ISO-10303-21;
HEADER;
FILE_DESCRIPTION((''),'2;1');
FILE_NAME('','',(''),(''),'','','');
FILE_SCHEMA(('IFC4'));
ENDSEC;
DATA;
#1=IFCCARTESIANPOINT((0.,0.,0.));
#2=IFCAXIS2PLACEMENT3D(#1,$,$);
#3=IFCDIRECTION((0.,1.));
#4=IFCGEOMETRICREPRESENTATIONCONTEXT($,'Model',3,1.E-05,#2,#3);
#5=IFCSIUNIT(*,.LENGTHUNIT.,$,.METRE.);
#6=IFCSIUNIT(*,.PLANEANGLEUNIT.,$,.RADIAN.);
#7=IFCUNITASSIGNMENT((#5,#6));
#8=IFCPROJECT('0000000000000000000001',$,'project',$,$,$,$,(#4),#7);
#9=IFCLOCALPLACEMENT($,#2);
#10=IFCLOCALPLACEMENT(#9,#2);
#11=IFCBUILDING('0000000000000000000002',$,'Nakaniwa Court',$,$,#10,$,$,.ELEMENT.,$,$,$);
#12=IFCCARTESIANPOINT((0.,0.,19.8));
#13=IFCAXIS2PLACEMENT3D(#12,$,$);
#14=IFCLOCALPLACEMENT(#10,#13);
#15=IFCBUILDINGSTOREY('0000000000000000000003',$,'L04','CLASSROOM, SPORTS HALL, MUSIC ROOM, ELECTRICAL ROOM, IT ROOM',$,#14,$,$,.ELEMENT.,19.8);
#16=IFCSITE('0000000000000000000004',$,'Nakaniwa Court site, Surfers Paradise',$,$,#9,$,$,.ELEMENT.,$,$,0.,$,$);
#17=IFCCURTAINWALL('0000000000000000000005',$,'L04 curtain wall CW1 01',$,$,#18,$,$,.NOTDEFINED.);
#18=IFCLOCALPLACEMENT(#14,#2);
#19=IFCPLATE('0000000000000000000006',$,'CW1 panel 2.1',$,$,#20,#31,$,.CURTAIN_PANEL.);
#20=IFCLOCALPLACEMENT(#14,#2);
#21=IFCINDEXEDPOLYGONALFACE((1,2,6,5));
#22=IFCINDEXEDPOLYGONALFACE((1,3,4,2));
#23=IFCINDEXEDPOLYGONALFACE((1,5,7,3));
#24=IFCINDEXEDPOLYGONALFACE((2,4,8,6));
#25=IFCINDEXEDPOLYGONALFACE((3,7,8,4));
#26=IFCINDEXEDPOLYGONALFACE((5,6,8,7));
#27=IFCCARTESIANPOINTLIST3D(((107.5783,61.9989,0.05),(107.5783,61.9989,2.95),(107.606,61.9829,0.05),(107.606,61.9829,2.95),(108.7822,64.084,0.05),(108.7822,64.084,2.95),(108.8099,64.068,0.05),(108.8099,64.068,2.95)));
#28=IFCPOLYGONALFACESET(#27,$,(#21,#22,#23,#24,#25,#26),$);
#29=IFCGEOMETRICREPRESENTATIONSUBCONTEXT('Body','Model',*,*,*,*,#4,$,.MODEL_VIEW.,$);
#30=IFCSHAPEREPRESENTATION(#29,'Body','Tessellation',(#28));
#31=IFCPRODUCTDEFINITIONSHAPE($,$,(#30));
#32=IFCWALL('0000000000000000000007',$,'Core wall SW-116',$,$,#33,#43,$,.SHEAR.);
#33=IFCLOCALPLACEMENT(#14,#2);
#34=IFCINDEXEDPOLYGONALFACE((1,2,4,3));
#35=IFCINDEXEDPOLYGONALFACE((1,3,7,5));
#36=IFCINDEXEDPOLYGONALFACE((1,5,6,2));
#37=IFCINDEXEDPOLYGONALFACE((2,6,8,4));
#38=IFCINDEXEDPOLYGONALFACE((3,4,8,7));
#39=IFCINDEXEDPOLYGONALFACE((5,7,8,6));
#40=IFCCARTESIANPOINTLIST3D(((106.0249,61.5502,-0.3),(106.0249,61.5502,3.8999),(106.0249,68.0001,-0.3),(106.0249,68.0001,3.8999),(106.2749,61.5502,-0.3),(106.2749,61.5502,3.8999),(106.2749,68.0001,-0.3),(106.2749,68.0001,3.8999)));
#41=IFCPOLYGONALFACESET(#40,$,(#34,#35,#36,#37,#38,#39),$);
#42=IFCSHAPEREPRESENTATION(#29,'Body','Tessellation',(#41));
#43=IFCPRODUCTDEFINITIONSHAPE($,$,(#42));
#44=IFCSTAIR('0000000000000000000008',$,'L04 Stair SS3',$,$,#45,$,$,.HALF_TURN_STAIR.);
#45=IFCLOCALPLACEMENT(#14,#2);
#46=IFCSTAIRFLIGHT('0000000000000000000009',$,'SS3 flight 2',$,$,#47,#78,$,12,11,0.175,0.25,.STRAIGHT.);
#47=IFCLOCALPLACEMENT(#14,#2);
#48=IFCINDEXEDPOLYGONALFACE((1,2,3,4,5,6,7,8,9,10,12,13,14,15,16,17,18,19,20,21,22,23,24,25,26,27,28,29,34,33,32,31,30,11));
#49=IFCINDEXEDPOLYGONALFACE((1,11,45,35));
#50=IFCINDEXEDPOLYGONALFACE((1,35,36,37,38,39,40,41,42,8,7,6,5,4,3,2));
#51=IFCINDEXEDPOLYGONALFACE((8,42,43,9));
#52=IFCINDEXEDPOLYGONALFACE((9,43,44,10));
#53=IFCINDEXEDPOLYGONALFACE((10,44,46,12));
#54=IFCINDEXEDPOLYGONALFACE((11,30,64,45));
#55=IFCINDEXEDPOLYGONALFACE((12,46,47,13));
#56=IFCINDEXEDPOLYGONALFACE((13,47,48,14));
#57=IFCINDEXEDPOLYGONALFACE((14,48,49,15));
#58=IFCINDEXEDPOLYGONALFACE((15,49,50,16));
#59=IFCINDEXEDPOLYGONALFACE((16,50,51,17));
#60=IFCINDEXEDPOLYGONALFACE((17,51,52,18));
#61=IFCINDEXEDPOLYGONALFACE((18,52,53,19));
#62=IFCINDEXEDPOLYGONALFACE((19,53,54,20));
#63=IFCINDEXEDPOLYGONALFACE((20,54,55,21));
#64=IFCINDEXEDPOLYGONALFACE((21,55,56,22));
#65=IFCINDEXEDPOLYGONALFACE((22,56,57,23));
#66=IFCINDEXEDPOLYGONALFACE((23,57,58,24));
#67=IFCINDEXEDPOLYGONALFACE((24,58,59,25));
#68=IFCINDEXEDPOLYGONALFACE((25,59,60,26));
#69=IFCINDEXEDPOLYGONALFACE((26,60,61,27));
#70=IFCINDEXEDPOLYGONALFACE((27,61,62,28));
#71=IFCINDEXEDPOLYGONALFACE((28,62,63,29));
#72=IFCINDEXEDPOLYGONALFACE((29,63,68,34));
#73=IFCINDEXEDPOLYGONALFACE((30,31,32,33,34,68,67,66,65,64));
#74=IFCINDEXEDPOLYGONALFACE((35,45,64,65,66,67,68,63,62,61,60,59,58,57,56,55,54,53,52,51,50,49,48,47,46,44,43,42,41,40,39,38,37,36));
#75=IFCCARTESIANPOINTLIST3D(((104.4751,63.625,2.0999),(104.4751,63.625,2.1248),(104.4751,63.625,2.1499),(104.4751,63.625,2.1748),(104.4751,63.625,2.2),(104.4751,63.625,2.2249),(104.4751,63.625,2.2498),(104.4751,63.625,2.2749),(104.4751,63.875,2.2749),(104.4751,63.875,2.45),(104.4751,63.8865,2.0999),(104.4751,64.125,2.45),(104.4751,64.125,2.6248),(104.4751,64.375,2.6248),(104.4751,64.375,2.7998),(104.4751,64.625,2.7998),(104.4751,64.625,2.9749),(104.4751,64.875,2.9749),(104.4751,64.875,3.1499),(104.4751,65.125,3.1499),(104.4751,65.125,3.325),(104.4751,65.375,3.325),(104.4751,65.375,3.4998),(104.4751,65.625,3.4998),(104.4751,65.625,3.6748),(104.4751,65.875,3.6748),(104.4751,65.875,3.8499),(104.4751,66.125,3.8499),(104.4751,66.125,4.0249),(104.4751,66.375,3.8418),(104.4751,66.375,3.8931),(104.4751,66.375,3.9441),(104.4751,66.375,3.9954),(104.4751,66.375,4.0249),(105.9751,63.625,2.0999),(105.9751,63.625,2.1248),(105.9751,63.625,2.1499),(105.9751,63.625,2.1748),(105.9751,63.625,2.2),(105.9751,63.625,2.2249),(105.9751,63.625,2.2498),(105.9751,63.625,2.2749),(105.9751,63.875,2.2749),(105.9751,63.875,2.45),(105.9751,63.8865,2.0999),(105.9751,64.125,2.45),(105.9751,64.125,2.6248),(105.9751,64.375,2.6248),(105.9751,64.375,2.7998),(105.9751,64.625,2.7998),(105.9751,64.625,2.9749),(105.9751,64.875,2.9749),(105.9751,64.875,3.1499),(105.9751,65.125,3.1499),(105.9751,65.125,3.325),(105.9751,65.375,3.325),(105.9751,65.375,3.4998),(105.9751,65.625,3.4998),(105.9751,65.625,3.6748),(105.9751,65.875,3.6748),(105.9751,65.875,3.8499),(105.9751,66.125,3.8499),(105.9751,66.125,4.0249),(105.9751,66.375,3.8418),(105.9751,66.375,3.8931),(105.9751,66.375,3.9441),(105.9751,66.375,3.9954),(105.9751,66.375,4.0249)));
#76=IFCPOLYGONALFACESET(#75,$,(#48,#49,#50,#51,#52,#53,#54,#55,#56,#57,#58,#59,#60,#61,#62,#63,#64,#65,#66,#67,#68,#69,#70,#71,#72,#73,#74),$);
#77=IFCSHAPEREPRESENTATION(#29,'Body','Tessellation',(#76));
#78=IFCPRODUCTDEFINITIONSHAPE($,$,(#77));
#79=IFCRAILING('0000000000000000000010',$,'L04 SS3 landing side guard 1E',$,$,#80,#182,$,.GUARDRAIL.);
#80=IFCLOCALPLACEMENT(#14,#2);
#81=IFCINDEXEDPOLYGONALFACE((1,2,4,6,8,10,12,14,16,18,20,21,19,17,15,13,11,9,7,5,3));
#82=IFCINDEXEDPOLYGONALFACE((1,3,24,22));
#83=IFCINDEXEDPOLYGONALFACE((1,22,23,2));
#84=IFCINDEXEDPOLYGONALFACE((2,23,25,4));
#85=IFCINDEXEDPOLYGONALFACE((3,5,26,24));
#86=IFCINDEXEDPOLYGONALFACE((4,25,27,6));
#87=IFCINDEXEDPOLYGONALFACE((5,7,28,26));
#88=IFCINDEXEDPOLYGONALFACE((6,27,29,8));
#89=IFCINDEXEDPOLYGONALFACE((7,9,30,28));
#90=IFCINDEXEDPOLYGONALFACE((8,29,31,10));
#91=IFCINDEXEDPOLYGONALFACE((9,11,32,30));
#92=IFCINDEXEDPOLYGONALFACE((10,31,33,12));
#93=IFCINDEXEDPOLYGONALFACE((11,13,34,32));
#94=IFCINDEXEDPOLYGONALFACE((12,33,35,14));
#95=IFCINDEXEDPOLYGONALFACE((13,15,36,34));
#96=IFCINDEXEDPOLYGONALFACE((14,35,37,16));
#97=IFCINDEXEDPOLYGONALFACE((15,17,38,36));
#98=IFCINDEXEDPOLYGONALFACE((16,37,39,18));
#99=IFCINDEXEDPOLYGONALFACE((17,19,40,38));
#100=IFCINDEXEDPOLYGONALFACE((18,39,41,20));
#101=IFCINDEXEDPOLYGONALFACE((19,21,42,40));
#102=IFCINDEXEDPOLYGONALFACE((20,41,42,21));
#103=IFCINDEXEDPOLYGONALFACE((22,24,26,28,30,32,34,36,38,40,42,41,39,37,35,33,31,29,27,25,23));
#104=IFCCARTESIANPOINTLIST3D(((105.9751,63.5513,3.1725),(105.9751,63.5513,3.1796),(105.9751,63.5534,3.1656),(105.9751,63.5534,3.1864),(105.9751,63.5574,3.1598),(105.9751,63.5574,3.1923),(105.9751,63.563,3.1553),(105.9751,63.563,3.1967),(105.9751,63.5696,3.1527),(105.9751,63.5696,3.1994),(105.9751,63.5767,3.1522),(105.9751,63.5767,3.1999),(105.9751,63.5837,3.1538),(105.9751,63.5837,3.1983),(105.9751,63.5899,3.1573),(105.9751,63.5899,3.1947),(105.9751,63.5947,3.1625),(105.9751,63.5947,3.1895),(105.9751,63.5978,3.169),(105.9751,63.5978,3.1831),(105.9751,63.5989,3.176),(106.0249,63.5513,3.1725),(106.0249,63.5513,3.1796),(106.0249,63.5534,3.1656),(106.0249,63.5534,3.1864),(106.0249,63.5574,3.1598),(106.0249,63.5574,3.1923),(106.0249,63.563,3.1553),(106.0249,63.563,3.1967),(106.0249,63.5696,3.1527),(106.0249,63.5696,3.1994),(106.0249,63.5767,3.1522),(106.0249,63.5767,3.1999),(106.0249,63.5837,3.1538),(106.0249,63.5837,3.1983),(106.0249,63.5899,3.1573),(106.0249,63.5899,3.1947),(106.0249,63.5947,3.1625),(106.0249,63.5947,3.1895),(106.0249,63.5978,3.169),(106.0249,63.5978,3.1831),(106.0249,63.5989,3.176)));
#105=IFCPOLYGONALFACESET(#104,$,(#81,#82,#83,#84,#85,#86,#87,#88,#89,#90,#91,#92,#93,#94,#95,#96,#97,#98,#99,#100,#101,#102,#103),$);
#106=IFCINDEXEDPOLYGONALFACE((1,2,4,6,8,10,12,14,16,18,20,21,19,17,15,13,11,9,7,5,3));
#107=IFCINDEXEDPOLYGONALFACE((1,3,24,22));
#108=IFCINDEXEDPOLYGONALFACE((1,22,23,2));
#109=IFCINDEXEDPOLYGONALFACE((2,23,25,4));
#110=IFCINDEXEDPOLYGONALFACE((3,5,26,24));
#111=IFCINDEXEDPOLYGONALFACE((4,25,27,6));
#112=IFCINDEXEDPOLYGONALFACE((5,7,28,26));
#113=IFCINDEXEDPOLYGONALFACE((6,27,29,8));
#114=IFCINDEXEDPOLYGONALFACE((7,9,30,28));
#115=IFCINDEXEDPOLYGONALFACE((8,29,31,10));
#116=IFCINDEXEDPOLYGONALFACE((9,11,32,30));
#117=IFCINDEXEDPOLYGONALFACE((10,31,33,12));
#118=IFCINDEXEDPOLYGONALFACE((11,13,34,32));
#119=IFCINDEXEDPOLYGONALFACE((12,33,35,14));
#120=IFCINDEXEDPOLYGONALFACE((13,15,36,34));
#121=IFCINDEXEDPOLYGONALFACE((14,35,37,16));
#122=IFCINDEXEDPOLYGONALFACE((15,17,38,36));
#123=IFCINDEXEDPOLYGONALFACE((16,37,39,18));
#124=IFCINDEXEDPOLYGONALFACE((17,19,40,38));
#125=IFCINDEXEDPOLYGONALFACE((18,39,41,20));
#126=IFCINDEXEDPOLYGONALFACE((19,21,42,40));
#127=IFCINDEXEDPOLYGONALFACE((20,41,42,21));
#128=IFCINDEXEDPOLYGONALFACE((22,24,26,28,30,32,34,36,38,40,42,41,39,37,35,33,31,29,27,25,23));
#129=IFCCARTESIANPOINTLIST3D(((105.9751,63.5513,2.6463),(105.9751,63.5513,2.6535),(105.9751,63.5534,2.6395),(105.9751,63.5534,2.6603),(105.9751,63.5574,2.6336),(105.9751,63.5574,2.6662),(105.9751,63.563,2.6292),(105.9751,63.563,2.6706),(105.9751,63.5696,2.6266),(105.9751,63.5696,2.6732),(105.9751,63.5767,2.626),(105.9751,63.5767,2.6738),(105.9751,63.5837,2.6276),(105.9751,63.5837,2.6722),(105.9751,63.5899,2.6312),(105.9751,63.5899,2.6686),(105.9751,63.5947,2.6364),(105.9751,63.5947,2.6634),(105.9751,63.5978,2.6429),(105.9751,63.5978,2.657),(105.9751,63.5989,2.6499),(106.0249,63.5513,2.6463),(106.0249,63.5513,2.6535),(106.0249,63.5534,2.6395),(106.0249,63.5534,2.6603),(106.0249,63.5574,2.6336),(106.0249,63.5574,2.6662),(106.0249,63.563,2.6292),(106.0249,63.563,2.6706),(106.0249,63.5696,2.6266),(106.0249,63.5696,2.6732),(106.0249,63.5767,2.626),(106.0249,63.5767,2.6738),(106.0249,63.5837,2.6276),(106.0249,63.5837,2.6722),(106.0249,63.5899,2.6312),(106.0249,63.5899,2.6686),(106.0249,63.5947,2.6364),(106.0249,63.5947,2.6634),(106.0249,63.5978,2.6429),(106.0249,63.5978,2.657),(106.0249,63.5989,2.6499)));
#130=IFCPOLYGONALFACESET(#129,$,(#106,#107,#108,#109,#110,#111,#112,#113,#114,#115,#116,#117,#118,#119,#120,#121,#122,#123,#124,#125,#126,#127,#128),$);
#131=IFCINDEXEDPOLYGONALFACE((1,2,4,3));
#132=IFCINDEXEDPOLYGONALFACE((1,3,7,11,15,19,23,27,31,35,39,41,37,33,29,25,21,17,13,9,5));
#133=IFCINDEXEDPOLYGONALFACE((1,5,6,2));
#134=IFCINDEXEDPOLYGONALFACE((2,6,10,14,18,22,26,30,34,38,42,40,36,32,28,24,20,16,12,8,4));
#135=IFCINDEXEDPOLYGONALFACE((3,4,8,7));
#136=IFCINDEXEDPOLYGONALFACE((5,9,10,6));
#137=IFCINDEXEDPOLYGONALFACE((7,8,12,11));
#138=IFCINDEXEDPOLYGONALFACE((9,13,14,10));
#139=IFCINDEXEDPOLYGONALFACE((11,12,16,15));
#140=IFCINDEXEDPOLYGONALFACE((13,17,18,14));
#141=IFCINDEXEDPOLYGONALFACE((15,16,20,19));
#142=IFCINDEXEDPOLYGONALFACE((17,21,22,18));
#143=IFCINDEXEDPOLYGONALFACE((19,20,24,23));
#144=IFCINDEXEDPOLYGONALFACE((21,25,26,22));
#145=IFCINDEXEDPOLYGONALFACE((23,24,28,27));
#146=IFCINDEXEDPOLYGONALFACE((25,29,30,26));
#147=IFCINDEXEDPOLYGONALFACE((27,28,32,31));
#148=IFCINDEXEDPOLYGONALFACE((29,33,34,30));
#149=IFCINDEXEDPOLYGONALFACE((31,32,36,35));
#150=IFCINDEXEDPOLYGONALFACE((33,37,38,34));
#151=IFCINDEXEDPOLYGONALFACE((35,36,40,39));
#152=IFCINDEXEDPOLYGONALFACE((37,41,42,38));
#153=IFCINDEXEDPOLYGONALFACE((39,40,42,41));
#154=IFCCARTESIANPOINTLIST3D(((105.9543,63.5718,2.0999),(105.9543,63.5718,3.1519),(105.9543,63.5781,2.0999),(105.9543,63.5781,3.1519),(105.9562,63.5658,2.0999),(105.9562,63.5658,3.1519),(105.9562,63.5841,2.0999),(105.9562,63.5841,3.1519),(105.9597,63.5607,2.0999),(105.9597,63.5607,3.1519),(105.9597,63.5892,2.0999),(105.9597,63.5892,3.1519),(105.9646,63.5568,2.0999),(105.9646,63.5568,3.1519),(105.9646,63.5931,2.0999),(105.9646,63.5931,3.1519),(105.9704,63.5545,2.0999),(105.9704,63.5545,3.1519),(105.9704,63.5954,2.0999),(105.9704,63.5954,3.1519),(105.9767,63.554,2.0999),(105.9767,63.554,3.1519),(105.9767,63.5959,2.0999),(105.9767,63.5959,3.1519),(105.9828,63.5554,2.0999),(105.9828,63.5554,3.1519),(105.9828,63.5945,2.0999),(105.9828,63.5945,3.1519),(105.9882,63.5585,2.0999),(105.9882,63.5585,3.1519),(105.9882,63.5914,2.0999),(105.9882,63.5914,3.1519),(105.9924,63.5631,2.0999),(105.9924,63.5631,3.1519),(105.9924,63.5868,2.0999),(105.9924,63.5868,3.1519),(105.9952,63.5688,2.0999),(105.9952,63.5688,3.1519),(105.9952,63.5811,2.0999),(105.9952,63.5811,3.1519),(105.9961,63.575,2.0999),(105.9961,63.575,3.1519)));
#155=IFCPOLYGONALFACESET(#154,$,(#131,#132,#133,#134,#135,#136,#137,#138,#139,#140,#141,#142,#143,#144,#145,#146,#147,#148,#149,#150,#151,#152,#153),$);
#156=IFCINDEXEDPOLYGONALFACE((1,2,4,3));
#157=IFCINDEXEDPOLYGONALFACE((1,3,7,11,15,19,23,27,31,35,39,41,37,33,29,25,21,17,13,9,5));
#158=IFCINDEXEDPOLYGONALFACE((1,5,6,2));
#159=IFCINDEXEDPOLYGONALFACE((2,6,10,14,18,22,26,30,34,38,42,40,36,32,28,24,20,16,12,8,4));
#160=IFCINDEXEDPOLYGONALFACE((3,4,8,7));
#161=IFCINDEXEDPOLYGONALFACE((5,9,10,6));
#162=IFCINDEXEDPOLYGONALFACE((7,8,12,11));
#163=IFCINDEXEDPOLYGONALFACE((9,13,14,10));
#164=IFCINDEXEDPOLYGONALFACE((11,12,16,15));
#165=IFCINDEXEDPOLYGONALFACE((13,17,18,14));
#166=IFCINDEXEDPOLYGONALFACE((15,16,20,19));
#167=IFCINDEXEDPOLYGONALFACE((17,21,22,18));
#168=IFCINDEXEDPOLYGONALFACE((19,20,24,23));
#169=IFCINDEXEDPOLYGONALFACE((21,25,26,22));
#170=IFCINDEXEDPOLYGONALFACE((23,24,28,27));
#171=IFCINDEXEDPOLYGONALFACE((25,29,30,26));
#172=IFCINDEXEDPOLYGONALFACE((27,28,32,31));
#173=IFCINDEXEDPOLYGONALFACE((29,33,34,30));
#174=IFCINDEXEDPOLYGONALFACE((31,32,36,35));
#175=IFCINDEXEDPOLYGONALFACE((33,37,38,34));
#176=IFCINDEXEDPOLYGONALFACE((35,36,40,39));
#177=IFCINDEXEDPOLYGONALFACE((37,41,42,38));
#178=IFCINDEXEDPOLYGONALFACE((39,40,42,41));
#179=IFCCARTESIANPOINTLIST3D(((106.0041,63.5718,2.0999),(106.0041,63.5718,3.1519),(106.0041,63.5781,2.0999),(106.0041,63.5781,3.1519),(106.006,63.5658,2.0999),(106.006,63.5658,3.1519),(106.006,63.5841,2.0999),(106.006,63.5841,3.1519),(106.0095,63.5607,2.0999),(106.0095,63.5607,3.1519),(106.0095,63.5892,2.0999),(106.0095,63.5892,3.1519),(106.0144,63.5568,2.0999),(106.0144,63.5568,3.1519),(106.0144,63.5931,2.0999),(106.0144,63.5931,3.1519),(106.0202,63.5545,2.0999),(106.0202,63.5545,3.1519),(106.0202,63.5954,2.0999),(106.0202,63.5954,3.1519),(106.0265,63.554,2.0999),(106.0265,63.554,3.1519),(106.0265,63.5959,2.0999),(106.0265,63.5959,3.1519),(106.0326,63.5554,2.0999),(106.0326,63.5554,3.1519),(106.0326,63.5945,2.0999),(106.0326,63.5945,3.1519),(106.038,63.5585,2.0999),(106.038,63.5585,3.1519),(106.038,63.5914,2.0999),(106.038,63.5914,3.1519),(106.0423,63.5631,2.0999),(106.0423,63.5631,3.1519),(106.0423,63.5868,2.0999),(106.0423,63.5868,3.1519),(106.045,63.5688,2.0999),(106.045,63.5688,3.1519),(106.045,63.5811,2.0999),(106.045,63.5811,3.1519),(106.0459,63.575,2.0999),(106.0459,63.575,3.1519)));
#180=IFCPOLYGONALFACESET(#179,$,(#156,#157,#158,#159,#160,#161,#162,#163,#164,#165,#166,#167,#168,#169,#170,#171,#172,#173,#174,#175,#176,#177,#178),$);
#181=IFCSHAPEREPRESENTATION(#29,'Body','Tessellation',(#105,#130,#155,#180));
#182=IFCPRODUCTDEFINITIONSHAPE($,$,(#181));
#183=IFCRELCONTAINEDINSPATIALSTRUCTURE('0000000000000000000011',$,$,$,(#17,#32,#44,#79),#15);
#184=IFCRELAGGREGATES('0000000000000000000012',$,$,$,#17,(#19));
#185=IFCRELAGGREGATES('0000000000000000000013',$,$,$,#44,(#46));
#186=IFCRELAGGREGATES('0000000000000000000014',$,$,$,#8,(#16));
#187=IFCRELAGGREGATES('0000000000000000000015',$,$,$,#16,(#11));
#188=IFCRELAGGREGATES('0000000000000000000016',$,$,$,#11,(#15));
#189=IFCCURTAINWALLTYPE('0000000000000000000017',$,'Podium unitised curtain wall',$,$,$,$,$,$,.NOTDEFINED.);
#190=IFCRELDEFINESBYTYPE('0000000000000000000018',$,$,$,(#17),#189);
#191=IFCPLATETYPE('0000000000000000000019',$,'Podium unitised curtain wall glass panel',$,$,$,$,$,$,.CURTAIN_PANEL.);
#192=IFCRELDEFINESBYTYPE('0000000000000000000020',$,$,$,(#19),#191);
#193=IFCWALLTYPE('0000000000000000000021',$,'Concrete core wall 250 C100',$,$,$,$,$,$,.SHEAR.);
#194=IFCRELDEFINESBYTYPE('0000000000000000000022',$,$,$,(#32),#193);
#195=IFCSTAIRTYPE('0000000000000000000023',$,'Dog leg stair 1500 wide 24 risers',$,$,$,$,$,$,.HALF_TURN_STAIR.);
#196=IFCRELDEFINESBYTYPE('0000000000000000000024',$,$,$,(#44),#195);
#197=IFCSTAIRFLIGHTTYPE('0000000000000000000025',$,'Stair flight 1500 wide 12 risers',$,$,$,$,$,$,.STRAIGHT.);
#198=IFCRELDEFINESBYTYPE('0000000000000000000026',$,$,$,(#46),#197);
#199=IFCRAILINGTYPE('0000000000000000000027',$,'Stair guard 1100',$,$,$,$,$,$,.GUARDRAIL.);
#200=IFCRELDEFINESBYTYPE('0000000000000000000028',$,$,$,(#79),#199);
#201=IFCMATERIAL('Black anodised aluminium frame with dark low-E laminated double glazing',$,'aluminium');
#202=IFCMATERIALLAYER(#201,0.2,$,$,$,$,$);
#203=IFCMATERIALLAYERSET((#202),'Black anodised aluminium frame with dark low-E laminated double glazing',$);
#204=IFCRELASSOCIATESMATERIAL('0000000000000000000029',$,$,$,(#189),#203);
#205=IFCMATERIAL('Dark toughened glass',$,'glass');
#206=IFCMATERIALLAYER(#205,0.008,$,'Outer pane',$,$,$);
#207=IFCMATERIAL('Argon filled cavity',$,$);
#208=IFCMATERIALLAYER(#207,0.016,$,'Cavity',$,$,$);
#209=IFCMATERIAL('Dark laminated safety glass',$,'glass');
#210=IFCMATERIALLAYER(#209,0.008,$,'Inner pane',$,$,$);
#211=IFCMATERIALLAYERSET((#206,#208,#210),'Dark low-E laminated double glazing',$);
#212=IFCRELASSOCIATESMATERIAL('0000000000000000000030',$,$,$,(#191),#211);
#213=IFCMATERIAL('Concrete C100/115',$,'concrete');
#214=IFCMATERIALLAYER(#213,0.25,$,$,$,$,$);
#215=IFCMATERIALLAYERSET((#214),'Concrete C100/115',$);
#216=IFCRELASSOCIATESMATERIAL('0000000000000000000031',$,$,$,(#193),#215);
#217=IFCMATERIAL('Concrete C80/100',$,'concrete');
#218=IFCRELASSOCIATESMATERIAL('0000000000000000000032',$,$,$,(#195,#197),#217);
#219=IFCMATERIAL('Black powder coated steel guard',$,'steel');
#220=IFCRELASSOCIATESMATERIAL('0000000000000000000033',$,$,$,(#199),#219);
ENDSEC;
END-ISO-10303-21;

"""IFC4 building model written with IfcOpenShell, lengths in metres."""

from ifc_helpers import new_model, si_unit, direction, frame, frame_2d, origin, origin_2d, place, context, subcontext, project, spatial, polyline, rectangle, circle, outline, extrude, material, layer, layer_set, type_object, element, aggregate, save


model = new_model("IFC4")

# Units and contexts
model_context = context("Model", 3, precision=1e-05, world=origin(), true_north=direction((0.0, 1.0)))
body_context = subcontext(model_context, "Body", "Model", "MODEL_VIEW")
ifc_project = project(units=[si_unit("LENGTHUNIT", "METRE"), si_unit("PLANEANGLEUNIT", "RADIAN")], contexts=[model_context])

# Site, building, storey
site_placement = place(None, origin())
site = spatial("IfcSite", under=ifc_project, at=site_placement, Name="Nakaniwa Court site, Surfers Paradise", CompositionType="ELEMENT", RefElevation=0.0)
building_placement = place(site_placement, origin())
building = spatial("IfcBuilding", under=site, at=building_placement, Name="Nakaniwa Court", CompositionType="ELEMENT")
storey_placement = place(building_placement, frame((0.0, 0.0, 19.8)))
storey = spatial("IfcBuildingStorey", under=building, at=storey_placement, Name="L04", Description="CLASSROOM, SPORTS HALL, MUSIC ROOM, ELECTRICAL ROOM, IT ROOM", CompositionType="ELEMENT", Elevation=19.8)

# Shared definitions
ifc_material_1 = material(Name="Concrete C100/115", Category="concrete")

# Curtain wall
ifc_material_2 = material(Name="Black anodised aluminium frame with dark low-E laminated double glazing", Category="aluminium")
ifc_layer_1 = layer(ifc_material_2, 0.2)
ifc_layer_set_1 = layer_set([ifc_layer_1], Name="Black anodised aluminium frame with dark low-E laminated double glazing")
curtain_wall_type = type_object("IfcCurtainWallType", Name="Podium unitised curtain wall", PredefinedType="NOTDEFINED", material=ifc_layer_set_1)
curtain_wall_1_placement = place(storey_placement, origin())
curtain_wall_1 = element("IfcCurtainWall", 1, at=curtain_wall_1_placement, inside=storey, type_object=curtain_wall_type, Name="L04 curtain wall CW1 01", PredefinedType="NOTDEFINED")

# Plate
ifc_material_3 = material(Name="Dark toughened glass", Category="glass")
ifc_layer_2 = layer(ifc_material_3, 0.008, Name="Outer pane")
ifc_material_4 = material(Name="Argon filled cavity")
ifc_layer_3 = layer(ifc_material_4, 0.016, Name="Cavity")
ifc_material_5 = material(Name="Dark laminated safety glass", Category="glass")
ifc_layer_4 = layer(ifc_material_5, 0.008, Name="Inner pane")
ifc_layer_set_2 = layer_set([ifc_layer_2, ifc_layer_3, ifc_layer_4], Name="Dark low-E laminated double glazing")
plate_type = type_object("IfcPlateType", Name="Podium unitised curtain wall glass panel", PredefinedType="CURTAIN_PANEL", material=ifc_layer_set_2)
plate_1_placement = place(storey_placement, frame((108.1941, 63.0334, 0.05), z_axis=(0.0, 0.0, 1.0), x_axis=(0.499988, 0.866032, 0.0)))
plate_1 = element("IfcPlate", 2, at=plate_1_placement, type_object=plate_type, Name="CW1 panel 2.1", PredefinedType="CURTAIN_PANEL", context=body_context, shape_type="SweptSolid", body=[
    extrude(rectangle(XDim=2.4077, YDim=0.032, at=origin_2d()), origin(), (0.0, 0.0, 1.0), 2.8999),
])
aggregate(curtain_wall_1, [plate_1])

# Wall
ifc_layer_5 = layer(ifc_material_1, 0.25)
ifc_layer_set_3 = layer_set([ifc_layer_5], Name="Concrete C100/115")
wall_type = type_object("IfcWallType", Name="Concrete core wall 250 C100", PredefinedType="SHEAR", material=ifc_layer_set_3)
wall_placement = place(storey_placement, frame((106.1499, 61.55, -0.3), z_axis=(0.0, 0.0, 1.0), x_axis=(0.0, 1.0, 0.0)))
element("IfcWall", 3, at=wall_placement, inside=storey, type_object=wall_type, Name="Core wall SW-116", PredefinedType="SHEAR", context=body_context, shape_type="SweptSolid", body=[
    extrude(rectangle(XDim=6.45, YDim=0.25, at=frame_2d((3.2251, 0.0))), origin(), (0.0, 0.0, 1.0), 4.2),
])

# Stair, stair flight
ifc_material_6 = material(Name="Concrete C80/100", Category="concrete")
stair_type = type_object("IfcStairType", Name="Dog leg stair 1500 wide 24 risers", PredefinedType="HALF_TURN_STAIR", material=ifc_material_6)
stair_placement = place(storey_placement, origin())
stair = element("IfcStair", 4, at=stair_placement, inside=storey, type_object=stair_type, Name="L04 Stair SS3", PredefinedType="HALF_TURN_STAIR")
stair_flight_type = type_object("IfcStairFlightType", Name="Stair flight 1500 wide 12 risers", PredefinedType="STRAIGHT", material=ifc_material_6)
stair_flight_placement = place(storey_placement, frame((105.2251, 63.625, 2.0999), z_axis=(0.0, 0.0, 1.0), x_axis=(0.0, 1.0, 0.0)))
stair_flight = element("IfcStairFlight", 5, at=stair_flight_placement, type_object=stair_flight_type, Name="SS3 flight 2", NumberOfRisers=12, NumberOfTreads=11, PredefinedType="STRAIGHT", RiserHeight=0.175, TreadLength=0.25, context=body_context, shape_type="SweptSolid", body=[
    extrude(outline(polyline([(0.0, 0.0), (0.0, 0.0249), (0.0, 0.05), (0.0, 0.075), (0.0, 0.1001), (0.0, 0.125), (0.0, 0.1499), (0.0, 0.175), (0.25, 0.175), (0.25, 0.3501), (0.5, 0.3501), (0.5, 0.5249), (0.75, 0.5249), (0.75, 0.7), (1.0, 0.7), (1.0, 0.875), (1.25, 0.875), (1.25, 1.05), (1.5, 1.05), (1.5, 1.2251), (1.75, 1.2251), (1.75, 1.3999), (2.0, 1.3999), (2.0, 1.575), (2.25, 1.575), (2.25, 1.75), (2.5, 1.75), (2.5, 1.925), (2.75, 1.925), (2.75, 2.1001), (2.75, 2.0488), (2.75, 1.9978), (2.75, 1.9465), (2.75, 1.8955), (2.75, 1.8442), (2.75, 1.7932), (2.75, 1.7419), (0.2615, 0.0), (0.0, 0.0)])), frame((0.0, 0.75, 0.0), z_axis=(0.0, -1.0, 0.0), x_axis=(1.0, 0.0, 0.0)), (0.0, 0.0, 1.0), 1.5),
])
aggregate(stair, [stair_flight])

# Railing
ifc_material_7 = material(Name="Black powder coated steel guard", Category="steel")
railing_type = type_object("IfcRailingType", Name="Stair guard 1100", PredefinedType="GUARDRAIL", material=ifc_material_7)
railing_1_placement = place(storey_placement, frame((105.9751, 63.575, 2.0999)))
element("IfcRailing", 6, at=railing_1_placement, inside=storey, type_object=railing_type, Name="L04 SS3 landing side guard 1E", PredefinedType="GUARDRAIL", context=body_context, shape_type="SweptSolid", body=[
    extrude(circle(Radius=0.0239, at=origin_2d()), frame((0.0, 0.0, 1.0762), z_axis=(1.0, 0.0, 0.0), x_axis=(0.0, 1.0, 0.0)), (0.0, 0.0, 1.0), 0.0498),
    extrude(circle(Radius=0.0239, at=origin_2d()), frame((0.0, 0.0, 0.55), z_axis=(1.0, 0.0, 0.0), x_axis=(0.0, 1.0, 0.0)), (0.0, 0.0, 1.0), 0.0498),
    extrude(circle(Radius=0.021, at=origin_2d()), origin(), (0.0, 0.0, 1.0), 1.052),
    extrude(circle(Radius=0.021, at=origin_2d()), frame((0.0498, 0.0, 0.0)), (0.0, 0.0, 1.0), 1.052),
])

save(model, "model.ifc")
